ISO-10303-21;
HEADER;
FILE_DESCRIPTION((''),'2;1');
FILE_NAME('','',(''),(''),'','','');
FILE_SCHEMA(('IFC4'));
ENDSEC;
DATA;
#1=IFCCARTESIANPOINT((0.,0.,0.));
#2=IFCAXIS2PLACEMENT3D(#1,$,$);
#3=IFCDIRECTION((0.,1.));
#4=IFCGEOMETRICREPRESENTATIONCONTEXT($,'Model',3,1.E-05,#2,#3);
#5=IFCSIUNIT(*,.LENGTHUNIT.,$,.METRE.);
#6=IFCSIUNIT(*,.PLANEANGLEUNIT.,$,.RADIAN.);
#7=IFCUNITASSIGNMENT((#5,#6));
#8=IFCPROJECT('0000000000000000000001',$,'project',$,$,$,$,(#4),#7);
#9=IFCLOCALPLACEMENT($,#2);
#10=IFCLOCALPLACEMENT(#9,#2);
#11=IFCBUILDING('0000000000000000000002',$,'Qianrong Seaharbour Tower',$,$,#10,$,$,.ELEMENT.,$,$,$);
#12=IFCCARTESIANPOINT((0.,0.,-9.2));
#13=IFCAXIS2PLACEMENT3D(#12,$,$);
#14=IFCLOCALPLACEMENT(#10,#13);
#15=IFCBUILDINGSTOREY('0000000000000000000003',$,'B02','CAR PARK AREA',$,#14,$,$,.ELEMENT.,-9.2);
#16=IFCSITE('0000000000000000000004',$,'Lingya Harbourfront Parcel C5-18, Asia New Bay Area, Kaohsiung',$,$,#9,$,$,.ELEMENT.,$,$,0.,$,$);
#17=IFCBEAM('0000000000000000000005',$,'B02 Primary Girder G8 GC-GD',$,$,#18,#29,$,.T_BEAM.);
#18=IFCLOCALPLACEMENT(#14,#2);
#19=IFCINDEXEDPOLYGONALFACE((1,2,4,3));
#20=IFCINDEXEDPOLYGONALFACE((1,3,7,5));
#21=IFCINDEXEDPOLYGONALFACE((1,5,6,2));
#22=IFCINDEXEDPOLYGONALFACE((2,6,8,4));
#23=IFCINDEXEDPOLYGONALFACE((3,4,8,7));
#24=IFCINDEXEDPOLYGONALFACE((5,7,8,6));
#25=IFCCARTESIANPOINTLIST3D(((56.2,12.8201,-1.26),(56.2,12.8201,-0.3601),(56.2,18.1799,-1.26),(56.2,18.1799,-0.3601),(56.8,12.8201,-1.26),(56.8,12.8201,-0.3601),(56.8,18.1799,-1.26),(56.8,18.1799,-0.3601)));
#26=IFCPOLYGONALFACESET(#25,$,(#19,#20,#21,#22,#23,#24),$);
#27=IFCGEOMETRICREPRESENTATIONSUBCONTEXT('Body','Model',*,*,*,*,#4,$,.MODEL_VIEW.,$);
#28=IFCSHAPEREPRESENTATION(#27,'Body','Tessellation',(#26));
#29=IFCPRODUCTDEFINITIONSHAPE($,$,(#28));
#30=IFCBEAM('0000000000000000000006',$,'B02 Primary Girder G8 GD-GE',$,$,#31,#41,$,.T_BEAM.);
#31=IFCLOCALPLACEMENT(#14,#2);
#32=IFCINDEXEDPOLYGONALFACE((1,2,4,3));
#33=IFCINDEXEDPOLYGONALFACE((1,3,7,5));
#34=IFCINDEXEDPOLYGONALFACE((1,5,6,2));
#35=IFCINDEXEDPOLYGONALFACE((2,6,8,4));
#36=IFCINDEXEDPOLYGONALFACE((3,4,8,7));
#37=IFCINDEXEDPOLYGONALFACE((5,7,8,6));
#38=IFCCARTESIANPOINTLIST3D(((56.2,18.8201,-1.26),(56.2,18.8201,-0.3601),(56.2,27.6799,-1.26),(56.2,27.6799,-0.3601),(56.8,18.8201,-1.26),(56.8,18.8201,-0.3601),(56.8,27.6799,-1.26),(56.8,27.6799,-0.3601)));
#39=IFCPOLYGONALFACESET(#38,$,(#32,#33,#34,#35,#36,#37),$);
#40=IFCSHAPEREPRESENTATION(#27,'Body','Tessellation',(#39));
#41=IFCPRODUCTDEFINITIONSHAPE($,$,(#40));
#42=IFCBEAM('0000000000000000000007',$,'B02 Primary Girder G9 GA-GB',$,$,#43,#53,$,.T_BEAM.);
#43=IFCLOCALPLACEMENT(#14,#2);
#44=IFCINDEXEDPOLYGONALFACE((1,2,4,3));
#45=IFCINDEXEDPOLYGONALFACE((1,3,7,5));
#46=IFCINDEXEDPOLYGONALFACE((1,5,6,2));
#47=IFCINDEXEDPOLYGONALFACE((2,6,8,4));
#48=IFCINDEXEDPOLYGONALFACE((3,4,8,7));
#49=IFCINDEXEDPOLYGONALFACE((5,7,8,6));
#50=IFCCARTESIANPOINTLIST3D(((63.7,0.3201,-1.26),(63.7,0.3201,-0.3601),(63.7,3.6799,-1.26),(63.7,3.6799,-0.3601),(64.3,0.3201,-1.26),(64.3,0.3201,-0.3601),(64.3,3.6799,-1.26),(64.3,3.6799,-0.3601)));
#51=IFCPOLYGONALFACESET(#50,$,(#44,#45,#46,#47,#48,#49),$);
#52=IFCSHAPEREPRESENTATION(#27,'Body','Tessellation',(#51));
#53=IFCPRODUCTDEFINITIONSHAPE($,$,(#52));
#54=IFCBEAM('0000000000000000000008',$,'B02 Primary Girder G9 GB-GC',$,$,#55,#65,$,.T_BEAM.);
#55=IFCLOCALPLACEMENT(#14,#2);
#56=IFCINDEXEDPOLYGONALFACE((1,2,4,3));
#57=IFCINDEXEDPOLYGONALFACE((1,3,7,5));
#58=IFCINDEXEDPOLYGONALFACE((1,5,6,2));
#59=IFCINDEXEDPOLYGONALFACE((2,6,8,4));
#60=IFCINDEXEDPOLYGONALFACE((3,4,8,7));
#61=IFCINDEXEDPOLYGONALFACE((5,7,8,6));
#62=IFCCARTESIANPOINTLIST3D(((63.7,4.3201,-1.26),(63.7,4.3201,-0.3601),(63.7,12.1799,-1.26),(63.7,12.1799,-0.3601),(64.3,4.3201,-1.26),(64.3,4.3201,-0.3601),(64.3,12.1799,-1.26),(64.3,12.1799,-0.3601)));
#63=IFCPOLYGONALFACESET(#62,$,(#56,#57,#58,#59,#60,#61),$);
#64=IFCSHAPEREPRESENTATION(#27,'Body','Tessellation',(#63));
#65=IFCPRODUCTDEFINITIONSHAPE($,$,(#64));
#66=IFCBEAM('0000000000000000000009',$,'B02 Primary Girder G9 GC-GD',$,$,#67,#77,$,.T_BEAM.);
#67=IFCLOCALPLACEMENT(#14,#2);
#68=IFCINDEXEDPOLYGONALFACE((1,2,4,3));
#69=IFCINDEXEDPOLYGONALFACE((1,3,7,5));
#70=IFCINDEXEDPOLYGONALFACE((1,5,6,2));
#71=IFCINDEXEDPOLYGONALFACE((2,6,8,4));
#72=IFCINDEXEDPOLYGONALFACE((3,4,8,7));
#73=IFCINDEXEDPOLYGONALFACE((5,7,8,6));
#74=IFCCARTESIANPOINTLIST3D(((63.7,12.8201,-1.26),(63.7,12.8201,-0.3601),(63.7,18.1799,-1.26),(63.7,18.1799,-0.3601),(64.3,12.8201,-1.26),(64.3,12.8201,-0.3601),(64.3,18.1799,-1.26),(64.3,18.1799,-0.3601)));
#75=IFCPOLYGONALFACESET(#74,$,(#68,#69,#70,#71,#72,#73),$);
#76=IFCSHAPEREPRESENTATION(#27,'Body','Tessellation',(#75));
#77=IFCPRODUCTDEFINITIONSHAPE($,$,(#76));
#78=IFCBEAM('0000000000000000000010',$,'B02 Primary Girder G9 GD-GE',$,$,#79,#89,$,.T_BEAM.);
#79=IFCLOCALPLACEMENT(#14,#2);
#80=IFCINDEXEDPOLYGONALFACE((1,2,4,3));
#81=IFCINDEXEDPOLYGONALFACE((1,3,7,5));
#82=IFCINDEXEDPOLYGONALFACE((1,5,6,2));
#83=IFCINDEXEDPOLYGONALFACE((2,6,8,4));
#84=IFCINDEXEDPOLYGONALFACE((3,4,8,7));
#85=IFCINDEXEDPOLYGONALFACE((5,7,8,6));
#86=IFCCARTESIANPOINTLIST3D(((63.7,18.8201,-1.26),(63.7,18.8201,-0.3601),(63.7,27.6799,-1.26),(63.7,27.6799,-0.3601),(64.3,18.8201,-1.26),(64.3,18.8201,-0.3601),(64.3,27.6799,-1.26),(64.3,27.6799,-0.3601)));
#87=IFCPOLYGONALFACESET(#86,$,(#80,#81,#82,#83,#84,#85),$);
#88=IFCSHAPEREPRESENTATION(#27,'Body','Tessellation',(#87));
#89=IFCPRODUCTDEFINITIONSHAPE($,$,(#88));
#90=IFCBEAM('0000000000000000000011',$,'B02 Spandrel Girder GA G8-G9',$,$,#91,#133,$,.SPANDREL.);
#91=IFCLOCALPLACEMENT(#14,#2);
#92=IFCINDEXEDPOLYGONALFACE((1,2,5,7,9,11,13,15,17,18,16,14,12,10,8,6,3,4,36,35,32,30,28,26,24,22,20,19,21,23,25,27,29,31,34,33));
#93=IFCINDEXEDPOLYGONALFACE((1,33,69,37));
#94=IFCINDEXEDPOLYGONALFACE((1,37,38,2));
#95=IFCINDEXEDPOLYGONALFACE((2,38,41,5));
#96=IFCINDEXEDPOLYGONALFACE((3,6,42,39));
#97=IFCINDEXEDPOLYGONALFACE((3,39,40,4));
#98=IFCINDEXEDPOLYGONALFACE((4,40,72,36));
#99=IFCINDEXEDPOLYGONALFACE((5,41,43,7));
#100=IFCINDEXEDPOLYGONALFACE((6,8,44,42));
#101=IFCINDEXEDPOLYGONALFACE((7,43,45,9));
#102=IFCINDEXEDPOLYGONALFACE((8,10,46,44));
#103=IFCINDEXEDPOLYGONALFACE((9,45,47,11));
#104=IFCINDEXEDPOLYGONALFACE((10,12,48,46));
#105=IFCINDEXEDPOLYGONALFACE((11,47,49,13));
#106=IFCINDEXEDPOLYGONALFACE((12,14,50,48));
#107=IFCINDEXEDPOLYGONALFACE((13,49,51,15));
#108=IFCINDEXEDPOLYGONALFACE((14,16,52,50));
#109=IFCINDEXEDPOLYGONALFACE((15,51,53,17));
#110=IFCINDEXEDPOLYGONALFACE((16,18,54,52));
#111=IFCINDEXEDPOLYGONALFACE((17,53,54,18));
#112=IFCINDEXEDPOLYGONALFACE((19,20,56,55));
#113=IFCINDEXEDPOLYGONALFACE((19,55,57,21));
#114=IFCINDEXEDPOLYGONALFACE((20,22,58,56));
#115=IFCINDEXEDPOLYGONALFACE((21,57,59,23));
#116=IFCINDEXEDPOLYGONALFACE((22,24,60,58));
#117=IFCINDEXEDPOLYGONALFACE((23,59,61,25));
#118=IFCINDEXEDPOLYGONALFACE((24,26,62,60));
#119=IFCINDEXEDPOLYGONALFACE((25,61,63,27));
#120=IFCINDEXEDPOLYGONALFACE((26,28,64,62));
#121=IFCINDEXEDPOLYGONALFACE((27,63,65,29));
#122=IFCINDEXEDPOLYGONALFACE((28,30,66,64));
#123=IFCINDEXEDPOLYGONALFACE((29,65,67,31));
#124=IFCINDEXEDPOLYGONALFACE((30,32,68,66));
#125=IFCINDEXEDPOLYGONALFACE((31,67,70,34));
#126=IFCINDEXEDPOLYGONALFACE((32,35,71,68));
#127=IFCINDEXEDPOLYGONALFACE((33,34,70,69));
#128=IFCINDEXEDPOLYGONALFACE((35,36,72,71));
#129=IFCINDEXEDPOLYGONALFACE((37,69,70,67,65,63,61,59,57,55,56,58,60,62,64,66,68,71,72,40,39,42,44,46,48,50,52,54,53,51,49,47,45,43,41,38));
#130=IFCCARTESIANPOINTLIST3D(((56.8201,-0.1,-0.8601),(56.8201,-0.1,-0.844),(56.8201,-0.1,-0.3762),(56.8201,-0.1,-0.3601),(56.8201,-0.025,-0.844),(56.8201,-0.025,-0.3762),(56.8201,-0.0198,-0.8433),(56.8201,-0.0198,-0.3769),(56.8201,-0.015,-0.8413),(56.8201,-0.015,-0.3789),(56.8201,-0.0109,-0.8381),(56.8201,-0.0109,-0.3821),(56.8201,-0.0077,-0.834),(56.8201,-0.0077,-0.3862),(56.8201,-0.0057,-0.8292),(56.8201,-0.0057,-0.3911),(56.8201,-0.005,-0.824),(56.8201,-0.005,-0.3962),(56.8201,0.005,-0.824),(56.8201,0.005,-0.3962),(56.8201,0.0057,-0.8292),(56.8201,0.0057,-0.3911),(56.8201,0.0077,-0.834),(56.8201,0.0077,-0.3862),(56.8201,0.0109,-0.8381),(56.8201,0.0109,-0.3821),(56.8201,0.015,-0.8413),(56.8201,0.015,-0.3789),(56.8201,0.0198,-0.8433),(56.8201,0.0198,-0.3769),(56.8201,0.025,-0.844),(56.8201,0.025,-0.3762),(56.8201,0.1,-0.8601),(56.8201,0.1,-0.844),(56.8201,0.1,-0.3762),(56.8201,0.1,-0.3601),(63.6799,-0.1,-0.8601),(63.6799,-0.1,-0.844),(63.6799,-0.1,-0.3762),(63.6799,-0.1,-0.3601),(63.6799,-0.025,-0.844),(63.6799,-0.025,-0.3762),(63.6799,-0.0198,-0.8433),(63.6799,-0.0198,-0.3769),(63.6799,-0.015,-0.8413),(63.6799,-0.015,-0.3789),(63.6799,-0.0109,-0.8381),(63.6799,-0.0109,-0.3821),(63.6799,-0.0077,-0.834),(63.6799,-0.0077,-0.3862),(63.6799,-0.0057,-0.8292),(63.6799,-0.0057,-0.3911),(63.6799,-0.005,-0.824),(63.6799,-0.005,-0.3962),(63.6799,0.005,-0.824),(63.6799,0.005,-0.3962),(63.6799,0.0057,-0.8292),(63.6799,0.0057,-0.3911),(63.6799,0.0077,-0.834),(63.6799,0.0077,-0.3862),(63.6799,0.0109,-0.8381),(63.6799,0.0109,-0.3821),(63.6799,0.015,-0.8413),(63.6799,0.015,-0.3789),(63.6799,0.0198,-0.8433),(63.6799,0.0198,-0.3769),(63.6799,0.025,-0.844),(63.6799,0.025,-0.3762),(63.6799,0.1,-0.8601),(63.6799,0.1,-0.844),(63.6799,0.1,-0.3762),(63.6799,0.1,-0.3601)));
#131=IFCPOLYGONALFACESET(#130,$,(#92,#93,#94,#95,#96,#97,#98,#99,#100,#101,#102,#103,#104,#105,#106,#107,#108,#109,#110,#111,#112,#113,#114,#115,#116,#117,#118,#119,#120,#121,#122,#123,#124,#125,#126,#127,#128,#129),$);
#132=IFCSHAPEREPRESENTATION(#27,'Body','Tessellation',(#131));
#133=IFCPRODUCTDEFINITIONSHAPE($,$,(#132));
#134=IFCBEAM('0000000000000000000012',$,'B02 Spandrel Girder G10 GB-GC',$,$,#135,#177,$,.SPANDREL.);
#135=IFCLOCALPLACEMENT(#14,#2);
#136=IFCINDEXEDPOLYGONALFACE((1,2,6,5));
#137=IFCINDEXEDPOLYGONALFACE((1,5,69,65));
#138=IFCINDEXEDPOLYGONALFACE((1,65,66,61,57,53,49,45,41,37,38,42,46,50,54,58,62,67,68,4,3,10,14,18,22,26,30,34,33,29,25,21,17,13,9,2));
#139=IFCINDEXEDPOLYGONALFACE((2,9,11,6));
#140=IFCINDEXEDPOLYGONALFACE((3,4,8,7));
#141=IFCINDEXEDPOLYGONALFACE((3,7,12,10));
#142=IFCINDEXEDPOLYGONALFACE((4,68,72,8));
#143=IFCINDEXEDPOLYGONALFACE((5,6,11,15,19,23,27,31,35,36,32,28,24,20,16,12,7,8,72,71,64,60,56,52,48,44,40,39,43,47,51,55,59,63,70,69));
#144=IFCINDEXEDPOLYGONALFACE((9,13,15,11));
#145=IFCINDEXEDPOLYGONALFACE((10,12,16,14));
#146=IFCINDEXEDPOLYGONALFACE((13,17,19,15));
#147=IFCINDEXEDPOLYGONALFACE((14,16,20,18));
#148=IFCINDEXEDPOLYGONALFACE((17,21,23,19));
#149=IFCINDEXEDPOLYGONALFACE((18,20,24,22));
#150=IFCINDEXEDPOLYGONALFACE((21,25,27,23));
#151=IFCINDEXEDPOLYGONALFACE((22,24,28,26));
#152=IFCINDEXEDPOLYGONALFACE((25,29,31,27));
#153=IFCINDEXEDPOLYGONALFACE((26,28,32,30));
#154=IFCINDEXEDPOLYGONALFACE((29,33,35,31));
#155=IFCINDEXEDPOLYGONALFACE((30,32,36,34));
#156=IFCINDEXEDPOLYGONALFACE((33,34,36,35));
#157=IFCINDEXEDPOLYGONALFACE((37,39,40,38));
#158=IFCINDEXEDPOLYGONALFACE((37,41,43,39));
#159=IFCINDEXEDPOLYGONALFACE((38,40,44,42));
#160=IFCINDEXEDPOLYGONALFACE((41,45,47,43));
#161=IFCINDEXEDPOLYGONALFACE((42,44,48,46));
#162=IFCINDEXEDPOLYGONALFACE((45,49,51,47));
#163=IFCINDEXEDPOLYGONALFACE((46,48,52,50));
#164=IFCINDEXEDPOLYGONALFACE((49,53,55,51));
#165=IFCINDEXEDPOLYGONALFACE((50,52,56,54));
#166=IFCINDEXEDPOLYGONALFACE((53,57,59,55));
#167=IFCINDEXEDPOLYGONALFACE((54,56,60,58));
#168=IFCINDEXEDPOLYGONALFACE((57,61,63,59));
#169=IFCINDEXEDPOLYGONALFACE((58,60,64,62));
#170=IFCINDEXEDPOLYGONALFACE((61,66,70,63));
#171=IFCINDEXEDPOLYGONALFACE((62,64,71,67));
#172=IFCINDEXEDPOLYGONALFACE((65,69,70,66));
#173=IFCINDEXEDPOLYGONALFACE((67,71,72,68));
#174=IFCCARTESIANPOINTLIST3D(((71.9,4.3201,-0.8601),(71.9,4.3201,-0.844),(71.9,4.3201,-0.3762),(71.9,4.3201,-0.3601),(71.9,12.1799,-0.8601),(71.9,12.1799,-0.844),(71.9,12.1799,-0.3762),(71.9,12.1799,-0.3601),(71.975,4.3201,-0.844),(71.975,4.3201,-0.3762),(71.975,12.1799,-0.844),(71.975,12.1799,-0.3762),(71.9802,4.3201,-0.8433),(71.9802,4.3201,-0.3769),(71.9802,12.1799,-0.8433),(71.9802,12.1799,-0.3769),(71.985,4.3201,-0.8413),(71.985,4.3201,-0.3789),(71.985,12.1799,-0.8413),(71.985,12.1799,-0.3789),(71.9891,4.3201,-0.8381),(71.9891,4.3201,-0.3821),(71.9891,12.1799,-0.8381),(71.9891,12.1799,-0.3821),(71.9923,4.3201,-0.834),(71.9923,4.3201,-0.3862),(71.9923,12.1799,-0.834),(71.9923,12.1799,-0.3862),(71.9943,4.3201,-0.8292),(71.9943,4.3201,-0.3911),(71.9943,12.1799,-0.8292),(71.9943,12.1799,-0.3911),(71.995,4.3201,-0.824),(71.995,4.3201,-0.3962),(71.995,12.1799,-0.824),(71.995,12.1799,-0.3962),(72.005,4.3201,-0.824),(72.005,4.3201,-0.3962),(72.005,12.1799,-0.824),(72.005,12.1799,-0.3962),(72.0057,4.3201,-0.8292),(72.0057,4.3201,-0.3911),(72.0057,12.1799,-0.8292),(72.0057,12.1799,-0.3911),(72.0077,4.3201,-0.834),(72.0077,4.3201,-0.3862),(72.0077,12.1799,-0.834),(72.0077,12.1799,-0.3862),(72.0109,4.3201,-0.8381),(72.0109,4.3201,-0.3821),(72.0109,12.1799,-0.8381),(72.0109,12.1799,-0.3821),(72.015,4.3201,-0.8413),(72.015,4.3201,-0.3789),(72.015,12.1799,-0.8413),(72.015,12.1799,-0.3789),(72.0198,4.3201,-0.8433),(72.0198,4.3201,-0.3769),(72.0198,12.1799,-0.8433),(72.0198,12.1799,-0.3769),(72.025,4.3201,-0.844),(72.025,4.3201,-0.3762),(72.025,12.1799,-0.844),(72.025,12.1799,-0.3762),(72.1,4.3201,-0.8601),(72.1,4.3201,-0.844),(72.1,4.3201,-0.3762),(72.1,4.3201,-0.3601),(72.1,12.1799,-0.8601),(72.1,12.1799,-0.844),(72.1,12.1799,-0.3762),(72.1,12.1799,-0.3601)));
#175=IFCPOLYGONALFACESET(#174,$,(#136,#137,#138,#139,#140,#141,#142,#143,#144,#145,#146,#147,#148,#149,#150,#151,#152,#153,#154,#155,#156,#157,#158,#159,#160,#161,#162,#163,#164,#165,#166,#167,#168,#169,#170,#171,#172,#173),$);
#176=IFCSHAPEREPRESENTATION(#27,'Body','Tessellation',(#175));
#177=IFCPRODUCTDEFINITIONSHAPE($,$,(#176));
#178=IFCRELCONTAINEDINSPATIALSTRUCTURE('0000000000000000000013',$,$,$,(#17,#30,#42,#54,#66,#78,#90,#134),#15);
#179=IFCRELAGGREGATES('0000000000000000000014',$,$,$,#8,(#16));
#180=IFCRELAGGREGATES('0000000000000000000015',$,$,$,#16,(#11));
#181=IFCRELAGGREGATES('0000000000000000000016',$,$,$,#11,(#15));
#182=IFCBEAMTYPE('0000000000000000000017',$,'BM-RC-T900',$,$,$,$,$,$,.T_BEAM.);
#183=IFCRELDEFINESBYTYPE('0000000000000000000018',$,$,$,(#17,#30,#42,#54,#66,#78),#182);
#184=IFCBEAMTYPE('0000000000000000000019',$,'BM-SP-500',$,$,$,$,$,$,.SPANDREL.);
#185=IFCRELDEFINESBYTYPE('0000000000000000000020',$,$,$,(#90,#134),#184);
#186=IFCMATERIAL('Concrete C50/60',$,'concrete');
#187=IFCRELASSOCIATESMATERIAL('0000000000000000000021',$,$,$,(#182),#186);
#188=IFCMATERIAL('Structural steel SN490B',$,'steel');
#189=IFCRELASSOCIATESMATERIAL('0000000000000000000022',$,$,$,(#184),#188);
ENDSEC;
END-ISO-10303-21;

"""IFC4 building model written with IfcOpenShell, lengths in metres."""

from ifc_helpers import new_model, si_unit, direction, frame, origin, origin_2d, place, context, subcontext, project, spatial, rectangle, i_section, extrude, material, material_profile, profile_set, type_object, element, save


model = new_model("IFC4")

# Units and contexts
model_context = context("Model", 3, precision=1e-05, world=origin(), true_north=direction((0.0, 1.0)))
body_context = subcontext(model_context, "Body", "Model", "MODEL_VIEW")
ifc_project = project(units=[si_unit("LENGTHUNIT", "METRE"), si_unit("PLANEANGLEUNIT", "RADIAN")], contexts=[model_context])

# Site, building, storey
site_placement = place(None, origin())
site = spatial("IfcSite", under=ifc_project, at=site_placement, Name="Lingya Harbourfront Parcel C5-18, Asia New Bay Area, Kaohsiung", CompositionType="ELEMENT", RefElevation=0.0)
building_placement = place(site_placement, origin())
building = spatial("IfcBuilding", under=site, at=building_placement, Name="Qianrong Seaharbour Tower", CompositionType="ELEMENT")
storey_placement = place(building_placement, frame((0.0, 0.0, -9.2)))
storey = spatial("IfcBuildingStorey", under=building, at=storey_placement, Name="B02", Description="CAR PARK AREA", CompositionType="ELEMENT", Elevation=-9.2)

# Shared definitions
ifc_material_1 = material(Name="Structural steel SN490B", Category="steel")

# Beams
ifc_material_2 = material(Name="Concrete C50/60", Category="concrete")
ifc_material_profile_1 = material_profile(ifc_material_2, rectangle(XDim=0.6001, YDim=0.8999, at=origin_2d()), Name="RC600x900")
ifc_profile_set_1 = profile_set([ifc_material_profile_1], Name="Concrete C50/60")
beam_type_1 = type_object("IfcBeamType", Name="BM-RC-T900", PredefinedType="T_BEAM", material=ifc_profile_set_1)
beam_1_placement = place(storey_placement, frame((56.5, 12.8201, -0.8101), z_axis=(0.0, 1.0, 0.0), x_axis=(-1.0, 0.0, 0.0)))
element("IfcBeam", 1, at=beam_1_placement, inside=storey, type_object=beam_type_1, Name="B02 Primary Girder G8 GC-GD", PredefinedType="T_BEAM", context=body_context, shape_type="SweptSolid", body=[
    extrude(rectangle(XDim=0.6001, YDim=0.8999, at=origin_2d()), origin(), (0.0, 0.0, 1.0), 5.3599),
])
beam_2_placement = place(storey_placement, frame((56.5, 18.8201, -0.8101), z_axis=(0.0, 1.0, 0.0), x_axis=(-1.0, 0.0, 0.0)))
element("IfcBeam", 2, at=beam_2_placement, inside=storey, type_object=beam_type_1, Name="B02 Primary Girder G8 GD-GE", PredefinedType="T_BEAM", context=body_context, shape_type="SweptSolid", body=[
    extrude(rectangle(XDim=0.6001, YDim=0.8999, at=origin_2d()), origin(), (0.0, 0.0, 1.0), 8.8599),
])
beam_3_placement = place(storey_placement, frame((64.0, 0.3201, -0.8101), z_axis=(0.0, 1.0, 0.0), x_axis=(-1.0, 0.0, 0.0)))
element("IfcBeam", 3, at=beam_3_placement, inside=storey, type_object=beam_type_1, Name="B02 Primary Girder G9 GA-GB", PredefinedType="T_BEAM", context=body_context, shape_type="SweptSolid", body=[
    extrude(rectangle(XDim=0.6001, YDim=0.8999, at=origin_2d()), origin(), (0.0, 0.0, 1.0), 3.3599),
])
beam_4_placement = place(storey_placement, frame((64.0, 4.3201, -0.8101), z_axis=(0.0, 1.0, 0.0), x_axis=(-1.0, 0.0, 0.0)))
element("IfcBeam", 4, at=beam_4_placement, inside=storey, type_object=beam_type_1, Name="B02 Primary Girder G9 GB-GC", PredefinedType="T_BEAM", context=body_context, shape_type="SweptSolid", body=[
    extrude(rectangle(XDim=0.6001, YDim=0.8999, at=origin_2d()), origin(), (0.0, 0.0, 1.0), 7.8599),
])
beam_5_placement = place(storey_placement, frame((64.0, 12.8201, -0.8101), z_axis=(0.0, 1.0, 0.0), x_axis=(-1.0, 0.0, 0.0)))
element("IfcBeam", 5, at=beam_5_placement, inside=storey, type_object=beam_type_1, Name="B02 Primary Girder G9 GC-GD", PredefinedType="T_BEAM", context=body_context, shape_type="SweptSolid", body=[
    extrude(rectangle(XDim=0.6001, YDim=0.8999, at=origin_2d()), origin(), (0.0, 0.0, 1.0), 5.3599),
])
beam_6_placement = place(storey_placement, frame((64.0, 18.8201, -0.8101), z_axis=(0.0, 1.0, 0.0), x_axis=(-1.0, 0.0, 0.0)))
element("IfcBeam", 6, at=beam_6_placement, inside=storey, type_object=beam_type_1, Name="B02 Primary Girder G9 GD-GE", PredefinedType="T_BEAM", context=body_context, shape_type="SweptSolid", body=[
    extrude(rectangle(XDim=0.6001, YDim=0.8999, at=origin_2d()), origin(), (0.0, 0.0, 1.0), 8.8599),
])
ifc_material_profile_2 = material_profile(ifc_material_1, i_section(OverallWidth=0.2, OverallDepth=0.5, WebThickness=0.01, FlangeThickness=0.0161, FilletRadius=0.02, at=origin_2d()), Name="H500x200x10x16")
ifc_profile_set_2 = profile_set([ifc_material_profile_2], Name="Structural steel SN490B")
beam_type_2 = type_object("IfcBeamType", Name="BM-SP-500", PredefinedType="SPANDREL", material=ifc_profile_set_2)
beam_7_placement = place(storey_placement, frame((56.8201, 0.0, -0.6101), z_axis=(1.0, 0.0, 0.0), x_axis=(0.0, 1.0, 0.0)))
element("IfcBeam", 7, at=beam_7_placement, inside=storey, type_object=beam_type_2, Name="B02 Spandrel Girder GA G8-G9", PredefinedType="SPANDREL", context=body_context, shape_type="SweptSolid", body=[
    extrude(i_section(OverallWidth=0.2, OverallDepth=0.5, WebThickness=0.01, FlangeThickness=0.0161, FilletRadius=0.02, at=origin_2d()), origin(), (0.0, 0.0, 1.0), 6.8599),
])
beam_8_placement = place(storey_placement, frame((72.0, 4.3201, -0.6101), z_axis=(0.0, 1.0, 0.0), x_axis=(-1.0, 0.0, 0.0)))
element("IfcBeam", 8, at=beam_8_placement, inside=storey, type_object=beam_type_2, Name="B02 Spandrel Girder G10 GB-GC", PredefinedType="SPANDREL", context=body_context, shape_type="SweptSolid", body=[
    extrude(i_section(OverallWidth=0.2, OverallDepth=0.5, WebThickness=0.01, FlangeThickness=0.0161, FilletRadius=0.02, at=origin_2d()), origin(), (0.0, 0.0, 1.0), 7.8599),
])

save(model, "model.ifc")
